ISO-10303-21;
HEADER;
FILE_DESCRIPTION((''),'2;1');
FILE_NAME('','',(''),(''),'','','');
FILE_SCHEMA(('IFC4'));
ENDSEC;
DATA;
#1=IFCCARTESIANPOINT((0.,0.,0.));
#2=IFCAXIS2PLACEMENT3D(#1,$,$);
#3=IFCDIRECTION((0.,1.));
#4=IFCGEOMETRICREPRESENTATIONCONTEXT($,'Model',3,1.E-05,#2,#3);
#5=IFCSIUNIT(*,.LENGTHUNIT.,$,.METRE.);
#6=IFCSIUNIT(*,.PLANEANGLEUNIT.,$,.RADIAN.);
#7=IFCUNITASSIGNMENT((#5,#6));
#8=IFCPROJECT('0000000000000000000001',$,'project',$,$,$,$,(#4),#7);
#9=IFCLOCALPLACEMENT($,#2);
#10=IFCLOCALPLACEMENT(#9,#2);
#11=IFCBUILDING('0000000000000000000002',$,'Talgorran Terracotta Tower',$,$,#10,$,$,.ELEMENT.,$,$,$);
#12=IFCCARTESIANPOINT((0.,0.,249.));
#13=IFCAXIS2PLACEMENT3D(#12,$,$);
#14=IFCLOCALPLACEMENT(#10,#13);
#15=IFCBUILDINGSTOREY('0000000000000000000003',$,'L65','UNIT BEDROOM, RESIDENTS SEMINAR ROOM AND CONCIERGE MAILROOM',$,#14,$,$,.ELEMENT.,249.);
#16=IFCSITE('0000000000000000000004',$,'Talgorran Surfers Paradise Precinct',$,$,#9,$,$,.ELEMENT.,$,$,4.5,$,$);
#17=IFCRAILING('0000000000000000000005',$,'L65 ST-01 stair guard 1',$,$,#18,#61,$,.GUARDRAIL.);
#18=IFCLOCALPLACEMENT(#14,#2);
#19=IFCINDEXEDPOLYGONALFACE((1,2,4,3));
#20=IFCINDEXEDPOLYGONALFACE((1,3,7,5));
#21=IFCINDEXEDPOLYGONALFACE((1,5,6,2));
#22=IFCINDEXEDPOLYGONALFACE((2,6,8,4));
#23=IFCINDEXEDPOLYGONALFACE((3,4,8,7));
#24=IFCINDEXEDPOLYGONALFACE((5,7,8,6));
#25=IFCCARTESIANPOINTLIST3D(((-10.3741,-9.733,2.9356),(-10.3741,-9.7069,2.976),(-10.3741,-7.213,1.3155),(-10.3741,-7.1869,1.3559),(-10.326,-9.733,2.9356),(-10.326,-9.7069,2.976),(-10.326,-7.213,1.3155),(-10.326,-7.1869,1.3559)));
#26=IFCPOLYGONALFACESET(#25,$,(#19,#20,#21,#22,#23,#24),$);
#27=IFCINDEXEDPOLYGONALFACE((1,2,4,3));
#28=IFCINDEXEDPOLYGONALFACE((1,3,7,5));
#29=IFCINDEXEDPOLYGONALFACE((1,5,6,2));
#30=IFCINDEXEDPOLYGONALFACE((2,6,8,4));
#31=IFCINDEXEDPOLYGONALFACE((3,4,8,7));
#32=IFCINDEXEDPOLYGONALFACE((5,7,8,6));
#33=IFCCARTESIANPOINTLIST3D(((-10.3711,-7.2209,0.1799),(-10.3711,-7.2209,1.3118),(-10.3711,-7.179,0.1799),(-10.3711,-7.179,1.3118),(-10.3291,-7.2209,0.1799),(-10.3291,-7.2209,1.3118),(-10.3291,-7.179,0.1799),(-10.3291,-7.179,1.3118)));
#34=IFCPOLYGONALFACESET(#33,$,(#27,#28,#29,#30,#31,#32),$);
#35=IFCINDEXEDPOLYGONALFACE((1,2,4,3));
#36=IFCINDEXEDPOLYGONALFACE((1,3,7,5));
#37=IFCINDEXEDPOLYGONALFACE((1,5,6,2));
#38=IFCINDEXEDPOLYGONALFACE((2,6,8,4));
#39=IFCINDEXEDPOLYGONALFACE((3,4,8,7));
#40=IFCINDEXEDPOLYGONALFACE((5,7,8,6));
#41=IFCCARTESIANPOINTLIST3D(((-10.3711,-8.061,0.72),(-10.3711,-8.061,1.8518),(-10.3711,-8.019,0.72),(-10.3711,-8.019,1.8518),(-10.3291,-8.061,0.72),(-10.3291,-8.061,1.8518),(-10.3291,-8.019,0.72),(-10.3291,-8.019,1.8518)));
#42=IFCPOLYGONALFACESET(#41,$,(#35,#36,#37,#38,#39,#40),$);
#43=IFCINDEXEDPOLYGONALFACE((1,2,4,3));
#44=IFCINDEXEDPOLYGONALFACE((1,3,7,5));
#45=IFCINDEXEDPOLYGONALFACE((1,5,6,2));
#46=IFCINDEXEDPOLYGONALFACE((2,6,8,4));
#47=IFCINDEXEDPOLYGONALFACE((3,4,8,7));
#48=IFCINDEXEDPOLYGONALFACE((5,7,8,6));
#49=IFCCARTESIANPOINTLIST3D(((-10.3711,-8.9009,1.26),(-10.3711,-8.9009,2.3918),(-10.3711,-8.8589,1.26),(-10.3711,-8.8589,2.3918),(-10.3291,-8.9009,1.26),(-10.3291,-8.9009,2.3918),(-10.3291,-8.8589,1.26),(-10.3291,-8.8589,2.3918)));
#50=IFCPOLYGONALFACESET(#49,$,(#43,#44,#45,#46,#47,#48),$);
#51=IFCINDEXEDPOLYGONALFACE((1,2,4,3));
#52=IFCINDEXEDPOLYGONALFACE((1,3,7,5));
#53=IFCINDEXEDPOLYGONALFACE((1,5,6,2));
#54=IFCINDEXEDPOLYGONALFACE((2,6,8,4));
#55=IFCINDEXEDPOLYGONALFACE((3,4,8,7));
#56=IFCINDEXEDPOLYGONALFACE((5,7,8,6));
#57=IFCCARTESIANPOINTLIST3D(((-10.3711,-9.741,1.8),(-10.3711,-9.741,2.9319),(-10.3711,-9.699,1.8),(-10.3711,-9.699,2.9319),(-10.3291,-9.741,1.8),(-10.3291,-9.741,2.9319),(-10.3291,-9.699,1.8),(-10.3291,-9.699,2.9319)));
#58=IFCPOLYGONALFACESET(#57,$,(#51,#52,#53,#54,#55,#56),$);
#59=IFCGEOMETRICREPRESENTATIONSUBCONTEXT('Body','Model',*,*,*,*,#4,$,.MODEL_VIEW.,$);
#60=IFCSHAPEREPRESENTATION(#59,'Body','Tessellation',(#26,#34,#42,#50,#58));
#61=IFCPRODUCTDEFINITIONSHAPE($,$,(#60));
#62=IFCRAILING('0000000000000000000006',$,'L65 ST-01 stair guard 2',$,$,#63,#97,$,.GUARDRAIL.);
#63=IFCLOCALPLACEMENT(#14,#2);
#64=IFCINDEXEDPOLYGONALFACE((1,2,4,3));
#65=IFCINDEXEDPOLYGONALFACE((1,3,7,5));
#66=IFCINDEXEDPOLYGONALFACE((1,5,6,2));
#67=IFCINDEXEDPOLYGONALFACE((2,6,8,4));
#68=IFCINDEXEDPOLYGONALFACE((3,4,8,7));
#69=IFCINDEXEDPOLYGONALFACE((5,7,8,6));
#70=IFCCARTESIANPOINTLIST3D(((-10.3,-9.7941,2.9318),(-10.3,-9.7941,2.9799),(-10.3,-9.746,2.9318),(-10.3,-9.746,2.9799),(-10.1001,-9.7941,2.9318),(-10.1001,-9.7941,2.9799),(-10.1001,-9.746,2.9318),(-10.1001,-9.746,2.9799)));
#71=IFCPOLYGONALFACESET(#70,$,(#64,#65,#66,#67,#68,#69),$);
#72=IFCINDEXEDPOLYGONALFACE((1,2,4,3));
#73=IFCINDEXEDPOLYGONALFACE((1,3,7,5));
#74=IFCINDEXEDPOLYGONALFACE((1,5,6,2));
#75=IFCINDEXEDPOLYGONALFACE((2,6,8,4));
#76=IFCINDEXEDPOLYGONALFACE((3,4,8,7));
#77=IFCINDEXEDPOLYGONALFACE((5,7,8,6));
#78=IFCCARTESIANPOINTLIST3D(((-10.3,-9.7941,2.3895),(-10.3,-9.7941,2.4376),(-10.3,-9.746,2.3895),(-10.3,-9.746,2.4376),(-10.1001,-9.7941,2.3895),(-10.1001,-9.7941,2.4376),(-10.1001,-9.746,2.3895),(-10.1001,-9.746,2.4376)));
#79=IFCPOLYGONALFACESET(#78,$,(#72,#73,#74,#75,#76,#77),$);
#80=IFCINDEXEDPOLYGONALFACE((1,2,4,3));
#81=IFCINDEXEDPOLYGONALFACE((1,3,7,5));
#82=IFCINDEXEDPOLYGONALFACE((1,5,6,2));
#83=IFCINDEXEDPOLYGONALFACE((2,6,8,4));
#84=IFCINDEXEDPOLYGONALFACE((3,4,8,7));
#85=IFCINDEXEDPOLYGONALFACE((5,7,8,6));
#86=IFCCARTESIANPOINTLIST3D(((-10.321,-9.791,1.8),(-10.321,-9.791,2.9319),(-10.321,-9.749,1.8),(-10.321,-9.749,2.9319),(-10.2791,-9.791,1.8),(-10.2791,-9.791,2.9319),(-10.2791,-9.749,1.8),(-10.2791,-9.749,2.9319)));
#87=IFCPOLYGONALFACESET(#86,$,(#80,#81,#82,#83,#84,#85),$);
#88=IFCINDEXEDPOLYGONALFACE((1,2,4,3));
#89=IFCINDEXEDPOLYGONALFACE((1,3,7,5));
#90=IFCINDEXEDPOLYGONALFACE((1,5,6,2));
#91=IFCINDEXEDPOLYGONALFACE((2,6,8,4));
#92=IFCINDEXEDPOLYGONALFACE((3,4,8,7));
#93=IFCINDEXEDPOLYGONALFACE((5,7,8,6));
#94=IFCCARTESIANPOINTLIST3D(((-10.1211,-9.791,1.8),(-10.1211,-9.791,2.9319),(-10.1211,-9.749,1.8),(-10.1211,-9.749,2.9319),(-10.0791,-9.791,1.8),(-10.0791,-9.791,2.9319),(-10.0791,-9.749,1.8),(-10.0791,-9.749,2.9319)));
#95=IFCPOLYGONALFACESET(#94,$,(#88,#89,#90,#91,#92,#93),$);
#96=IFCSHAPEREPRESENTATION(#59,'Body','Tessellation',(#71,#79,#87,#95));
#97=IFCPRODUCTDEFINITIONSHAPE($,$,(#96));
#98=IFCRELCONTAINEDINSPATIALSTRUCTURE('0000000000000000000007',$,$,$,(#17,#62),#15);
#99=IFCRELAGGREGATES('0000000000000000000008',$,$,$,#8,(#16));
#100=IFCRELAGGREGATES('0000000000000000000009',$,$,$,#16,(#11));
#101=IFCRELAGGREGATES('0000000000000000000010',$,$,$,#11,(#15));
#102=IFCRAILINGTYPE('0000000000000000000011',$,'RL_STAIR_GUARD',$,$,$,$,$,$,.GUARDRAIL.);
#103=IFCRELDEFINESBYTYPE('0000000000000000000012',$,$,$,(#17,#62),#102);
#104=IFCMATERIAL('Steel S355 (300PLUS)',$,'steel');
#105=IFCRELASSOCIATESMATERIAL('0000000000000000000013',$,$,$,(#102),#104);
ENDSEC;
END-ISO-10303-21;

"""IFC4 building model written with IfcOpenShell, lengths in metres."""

from ifc_helpers import new_model, si_unit, direction, frame, origin, origin_2d, place, context, subcontext, project, spatial, rectangle, extrude, material, type_object, element, save


model = new_model("IFC4")

# Units and contexts
model_context = context("Model", 3, precision=1e-05, world=origin(), true_north=direction((0.0, 1.0)))
body_context = subcontext(model_context, "Body", "Model", "MODEL_VIEW")
ifc_project = project(units=[si_unit("LENGTHUNIT", "METRE"), si_unit("PLANEANGLEUNIT", "RADIAN")], contexts=[model_context])

# Site, building, storey
site_placement = place(None, origin())
site = spatial("IfcSite", under=ifc_project, at=site_placement, Name="Talgorran Surfers Paradise Precinct", CompositionType="ELEMENT", RefElevation=4.5)
building_placement = place(site_placement, origin())
building = spatial("IfcBuilding", under=site, at=building_placement, Name="Talgorran Terracotta Tower", CompositionType="ELEMENT")
storey_placement = place(building_placement, frame((0.0, 0.0, 249.0)))
storey = spatial("IfcBuildingStorey", under=building, at=storey_placement, Name="L65", Description="UNIT BEDROOM, RESIDENTS SEMINAR ROOM AND CONCIERGE MAILROOM", CompositionType="ELEMENT", Elevation=249.0)

# Shared definitions
ifc_material_1 = material(Name="Steel S355 (300PLUS)", Category="steel")

# Railings
railing_type_1 = type_object("IfcRailingType", Name="RL_STAIR_GUARD", PredefinedType="GUARDRAIL", material=ifc_material_1)
railing_1_placement = place(storey_placement, frame((-10.3501, -7.2, 0.1799)))
element("IfcRailing", 1, at=railing_1_placement, inside=storey, type_object=railing_type_1, Name="L65 ST-01 stair guard 1", PredefinedType="GUARDRAIL", context=body_context, shape_type="SweptSolid", body=[
    extrude(rectangle(XDim=0.0481, YDim=0.0481, at=origin_2d()), frame((0.0, 0.0, 1.1558), z_axis=(0.0, -0.841163, 0.540782), x_axis=(1.0, 0.0, 0.0)), (0.0, 0.0, 1.0), 2.9958),
    extrude(rectangle(XDim=0.042, YDim=0.042, at=origin_2d()), origin(), (0.0, 0.0, 1.0), 1.1318),
    extrude(rectangle(XDim=0.042, YDim=0.042, at=origin_2d()), frame((0.0, -0.8401, 0.54)), (0.0, 0.0, 1.0), 1.1318),
    extrude(rectangle(XDim=0.042, YDim=0.042, at=origin_2d()), frame((0.0, -1.6799, 1.0801)), (0.0, 0.0, 1.0), 1.1318),
    extrude(rectangle(XDim=0.042, YDim=0.042, at=origin_2d()), frame((0.0, -2.52, 1.6201)), (0.0, 0.0, 1.0), 1.1318),
])
railing_2_placement = place(storey_placement, frame((-10.3, -9.77, 1.8)))
element("IfcRailing", 2, at=railing_2_placement, inside=storey, type_object=railing_type_1, Name="L65 ST-01 stair guard 2", PredefinedType="GUARDRAIL", context=body_context, shape_type="SweptSolid", body=[
    extrude(rectangle(XDim=0.0481, YDim=0.0481, at=origin_2d()), frame((0.0, 0.0, 1.1558), z_axis=(1.0, 0.0, 0.0), x_axis=(0.0, 1.0, 0.0)), (0.0, 0.0, 1.0), 0.2),
    extrude(rectangle(XDim=0.0481, YDim=0.0481, at=origin_2d()), frame((0.0, 0.0, 0.6135), z_axis=(1.0, 0.0, 0.0), x_axis=(0.0, 1.0, 0.0)), (0.0, 0.0, 1.0), 0.2),
    extrude(rectangle(XDim=0.042, YDim=0.042, at=origin_2d()), origin(), (0.0, 0.0, 1.0), 1.1318),
    extrude(rectangle(XDim=0.042, YDim=0.042, at=origin_2d()), frame((0.2, 0.0, 0.0)), (0.0, 0.0, 1.0), 1.1318),
])

save(model, "model.ifc")
